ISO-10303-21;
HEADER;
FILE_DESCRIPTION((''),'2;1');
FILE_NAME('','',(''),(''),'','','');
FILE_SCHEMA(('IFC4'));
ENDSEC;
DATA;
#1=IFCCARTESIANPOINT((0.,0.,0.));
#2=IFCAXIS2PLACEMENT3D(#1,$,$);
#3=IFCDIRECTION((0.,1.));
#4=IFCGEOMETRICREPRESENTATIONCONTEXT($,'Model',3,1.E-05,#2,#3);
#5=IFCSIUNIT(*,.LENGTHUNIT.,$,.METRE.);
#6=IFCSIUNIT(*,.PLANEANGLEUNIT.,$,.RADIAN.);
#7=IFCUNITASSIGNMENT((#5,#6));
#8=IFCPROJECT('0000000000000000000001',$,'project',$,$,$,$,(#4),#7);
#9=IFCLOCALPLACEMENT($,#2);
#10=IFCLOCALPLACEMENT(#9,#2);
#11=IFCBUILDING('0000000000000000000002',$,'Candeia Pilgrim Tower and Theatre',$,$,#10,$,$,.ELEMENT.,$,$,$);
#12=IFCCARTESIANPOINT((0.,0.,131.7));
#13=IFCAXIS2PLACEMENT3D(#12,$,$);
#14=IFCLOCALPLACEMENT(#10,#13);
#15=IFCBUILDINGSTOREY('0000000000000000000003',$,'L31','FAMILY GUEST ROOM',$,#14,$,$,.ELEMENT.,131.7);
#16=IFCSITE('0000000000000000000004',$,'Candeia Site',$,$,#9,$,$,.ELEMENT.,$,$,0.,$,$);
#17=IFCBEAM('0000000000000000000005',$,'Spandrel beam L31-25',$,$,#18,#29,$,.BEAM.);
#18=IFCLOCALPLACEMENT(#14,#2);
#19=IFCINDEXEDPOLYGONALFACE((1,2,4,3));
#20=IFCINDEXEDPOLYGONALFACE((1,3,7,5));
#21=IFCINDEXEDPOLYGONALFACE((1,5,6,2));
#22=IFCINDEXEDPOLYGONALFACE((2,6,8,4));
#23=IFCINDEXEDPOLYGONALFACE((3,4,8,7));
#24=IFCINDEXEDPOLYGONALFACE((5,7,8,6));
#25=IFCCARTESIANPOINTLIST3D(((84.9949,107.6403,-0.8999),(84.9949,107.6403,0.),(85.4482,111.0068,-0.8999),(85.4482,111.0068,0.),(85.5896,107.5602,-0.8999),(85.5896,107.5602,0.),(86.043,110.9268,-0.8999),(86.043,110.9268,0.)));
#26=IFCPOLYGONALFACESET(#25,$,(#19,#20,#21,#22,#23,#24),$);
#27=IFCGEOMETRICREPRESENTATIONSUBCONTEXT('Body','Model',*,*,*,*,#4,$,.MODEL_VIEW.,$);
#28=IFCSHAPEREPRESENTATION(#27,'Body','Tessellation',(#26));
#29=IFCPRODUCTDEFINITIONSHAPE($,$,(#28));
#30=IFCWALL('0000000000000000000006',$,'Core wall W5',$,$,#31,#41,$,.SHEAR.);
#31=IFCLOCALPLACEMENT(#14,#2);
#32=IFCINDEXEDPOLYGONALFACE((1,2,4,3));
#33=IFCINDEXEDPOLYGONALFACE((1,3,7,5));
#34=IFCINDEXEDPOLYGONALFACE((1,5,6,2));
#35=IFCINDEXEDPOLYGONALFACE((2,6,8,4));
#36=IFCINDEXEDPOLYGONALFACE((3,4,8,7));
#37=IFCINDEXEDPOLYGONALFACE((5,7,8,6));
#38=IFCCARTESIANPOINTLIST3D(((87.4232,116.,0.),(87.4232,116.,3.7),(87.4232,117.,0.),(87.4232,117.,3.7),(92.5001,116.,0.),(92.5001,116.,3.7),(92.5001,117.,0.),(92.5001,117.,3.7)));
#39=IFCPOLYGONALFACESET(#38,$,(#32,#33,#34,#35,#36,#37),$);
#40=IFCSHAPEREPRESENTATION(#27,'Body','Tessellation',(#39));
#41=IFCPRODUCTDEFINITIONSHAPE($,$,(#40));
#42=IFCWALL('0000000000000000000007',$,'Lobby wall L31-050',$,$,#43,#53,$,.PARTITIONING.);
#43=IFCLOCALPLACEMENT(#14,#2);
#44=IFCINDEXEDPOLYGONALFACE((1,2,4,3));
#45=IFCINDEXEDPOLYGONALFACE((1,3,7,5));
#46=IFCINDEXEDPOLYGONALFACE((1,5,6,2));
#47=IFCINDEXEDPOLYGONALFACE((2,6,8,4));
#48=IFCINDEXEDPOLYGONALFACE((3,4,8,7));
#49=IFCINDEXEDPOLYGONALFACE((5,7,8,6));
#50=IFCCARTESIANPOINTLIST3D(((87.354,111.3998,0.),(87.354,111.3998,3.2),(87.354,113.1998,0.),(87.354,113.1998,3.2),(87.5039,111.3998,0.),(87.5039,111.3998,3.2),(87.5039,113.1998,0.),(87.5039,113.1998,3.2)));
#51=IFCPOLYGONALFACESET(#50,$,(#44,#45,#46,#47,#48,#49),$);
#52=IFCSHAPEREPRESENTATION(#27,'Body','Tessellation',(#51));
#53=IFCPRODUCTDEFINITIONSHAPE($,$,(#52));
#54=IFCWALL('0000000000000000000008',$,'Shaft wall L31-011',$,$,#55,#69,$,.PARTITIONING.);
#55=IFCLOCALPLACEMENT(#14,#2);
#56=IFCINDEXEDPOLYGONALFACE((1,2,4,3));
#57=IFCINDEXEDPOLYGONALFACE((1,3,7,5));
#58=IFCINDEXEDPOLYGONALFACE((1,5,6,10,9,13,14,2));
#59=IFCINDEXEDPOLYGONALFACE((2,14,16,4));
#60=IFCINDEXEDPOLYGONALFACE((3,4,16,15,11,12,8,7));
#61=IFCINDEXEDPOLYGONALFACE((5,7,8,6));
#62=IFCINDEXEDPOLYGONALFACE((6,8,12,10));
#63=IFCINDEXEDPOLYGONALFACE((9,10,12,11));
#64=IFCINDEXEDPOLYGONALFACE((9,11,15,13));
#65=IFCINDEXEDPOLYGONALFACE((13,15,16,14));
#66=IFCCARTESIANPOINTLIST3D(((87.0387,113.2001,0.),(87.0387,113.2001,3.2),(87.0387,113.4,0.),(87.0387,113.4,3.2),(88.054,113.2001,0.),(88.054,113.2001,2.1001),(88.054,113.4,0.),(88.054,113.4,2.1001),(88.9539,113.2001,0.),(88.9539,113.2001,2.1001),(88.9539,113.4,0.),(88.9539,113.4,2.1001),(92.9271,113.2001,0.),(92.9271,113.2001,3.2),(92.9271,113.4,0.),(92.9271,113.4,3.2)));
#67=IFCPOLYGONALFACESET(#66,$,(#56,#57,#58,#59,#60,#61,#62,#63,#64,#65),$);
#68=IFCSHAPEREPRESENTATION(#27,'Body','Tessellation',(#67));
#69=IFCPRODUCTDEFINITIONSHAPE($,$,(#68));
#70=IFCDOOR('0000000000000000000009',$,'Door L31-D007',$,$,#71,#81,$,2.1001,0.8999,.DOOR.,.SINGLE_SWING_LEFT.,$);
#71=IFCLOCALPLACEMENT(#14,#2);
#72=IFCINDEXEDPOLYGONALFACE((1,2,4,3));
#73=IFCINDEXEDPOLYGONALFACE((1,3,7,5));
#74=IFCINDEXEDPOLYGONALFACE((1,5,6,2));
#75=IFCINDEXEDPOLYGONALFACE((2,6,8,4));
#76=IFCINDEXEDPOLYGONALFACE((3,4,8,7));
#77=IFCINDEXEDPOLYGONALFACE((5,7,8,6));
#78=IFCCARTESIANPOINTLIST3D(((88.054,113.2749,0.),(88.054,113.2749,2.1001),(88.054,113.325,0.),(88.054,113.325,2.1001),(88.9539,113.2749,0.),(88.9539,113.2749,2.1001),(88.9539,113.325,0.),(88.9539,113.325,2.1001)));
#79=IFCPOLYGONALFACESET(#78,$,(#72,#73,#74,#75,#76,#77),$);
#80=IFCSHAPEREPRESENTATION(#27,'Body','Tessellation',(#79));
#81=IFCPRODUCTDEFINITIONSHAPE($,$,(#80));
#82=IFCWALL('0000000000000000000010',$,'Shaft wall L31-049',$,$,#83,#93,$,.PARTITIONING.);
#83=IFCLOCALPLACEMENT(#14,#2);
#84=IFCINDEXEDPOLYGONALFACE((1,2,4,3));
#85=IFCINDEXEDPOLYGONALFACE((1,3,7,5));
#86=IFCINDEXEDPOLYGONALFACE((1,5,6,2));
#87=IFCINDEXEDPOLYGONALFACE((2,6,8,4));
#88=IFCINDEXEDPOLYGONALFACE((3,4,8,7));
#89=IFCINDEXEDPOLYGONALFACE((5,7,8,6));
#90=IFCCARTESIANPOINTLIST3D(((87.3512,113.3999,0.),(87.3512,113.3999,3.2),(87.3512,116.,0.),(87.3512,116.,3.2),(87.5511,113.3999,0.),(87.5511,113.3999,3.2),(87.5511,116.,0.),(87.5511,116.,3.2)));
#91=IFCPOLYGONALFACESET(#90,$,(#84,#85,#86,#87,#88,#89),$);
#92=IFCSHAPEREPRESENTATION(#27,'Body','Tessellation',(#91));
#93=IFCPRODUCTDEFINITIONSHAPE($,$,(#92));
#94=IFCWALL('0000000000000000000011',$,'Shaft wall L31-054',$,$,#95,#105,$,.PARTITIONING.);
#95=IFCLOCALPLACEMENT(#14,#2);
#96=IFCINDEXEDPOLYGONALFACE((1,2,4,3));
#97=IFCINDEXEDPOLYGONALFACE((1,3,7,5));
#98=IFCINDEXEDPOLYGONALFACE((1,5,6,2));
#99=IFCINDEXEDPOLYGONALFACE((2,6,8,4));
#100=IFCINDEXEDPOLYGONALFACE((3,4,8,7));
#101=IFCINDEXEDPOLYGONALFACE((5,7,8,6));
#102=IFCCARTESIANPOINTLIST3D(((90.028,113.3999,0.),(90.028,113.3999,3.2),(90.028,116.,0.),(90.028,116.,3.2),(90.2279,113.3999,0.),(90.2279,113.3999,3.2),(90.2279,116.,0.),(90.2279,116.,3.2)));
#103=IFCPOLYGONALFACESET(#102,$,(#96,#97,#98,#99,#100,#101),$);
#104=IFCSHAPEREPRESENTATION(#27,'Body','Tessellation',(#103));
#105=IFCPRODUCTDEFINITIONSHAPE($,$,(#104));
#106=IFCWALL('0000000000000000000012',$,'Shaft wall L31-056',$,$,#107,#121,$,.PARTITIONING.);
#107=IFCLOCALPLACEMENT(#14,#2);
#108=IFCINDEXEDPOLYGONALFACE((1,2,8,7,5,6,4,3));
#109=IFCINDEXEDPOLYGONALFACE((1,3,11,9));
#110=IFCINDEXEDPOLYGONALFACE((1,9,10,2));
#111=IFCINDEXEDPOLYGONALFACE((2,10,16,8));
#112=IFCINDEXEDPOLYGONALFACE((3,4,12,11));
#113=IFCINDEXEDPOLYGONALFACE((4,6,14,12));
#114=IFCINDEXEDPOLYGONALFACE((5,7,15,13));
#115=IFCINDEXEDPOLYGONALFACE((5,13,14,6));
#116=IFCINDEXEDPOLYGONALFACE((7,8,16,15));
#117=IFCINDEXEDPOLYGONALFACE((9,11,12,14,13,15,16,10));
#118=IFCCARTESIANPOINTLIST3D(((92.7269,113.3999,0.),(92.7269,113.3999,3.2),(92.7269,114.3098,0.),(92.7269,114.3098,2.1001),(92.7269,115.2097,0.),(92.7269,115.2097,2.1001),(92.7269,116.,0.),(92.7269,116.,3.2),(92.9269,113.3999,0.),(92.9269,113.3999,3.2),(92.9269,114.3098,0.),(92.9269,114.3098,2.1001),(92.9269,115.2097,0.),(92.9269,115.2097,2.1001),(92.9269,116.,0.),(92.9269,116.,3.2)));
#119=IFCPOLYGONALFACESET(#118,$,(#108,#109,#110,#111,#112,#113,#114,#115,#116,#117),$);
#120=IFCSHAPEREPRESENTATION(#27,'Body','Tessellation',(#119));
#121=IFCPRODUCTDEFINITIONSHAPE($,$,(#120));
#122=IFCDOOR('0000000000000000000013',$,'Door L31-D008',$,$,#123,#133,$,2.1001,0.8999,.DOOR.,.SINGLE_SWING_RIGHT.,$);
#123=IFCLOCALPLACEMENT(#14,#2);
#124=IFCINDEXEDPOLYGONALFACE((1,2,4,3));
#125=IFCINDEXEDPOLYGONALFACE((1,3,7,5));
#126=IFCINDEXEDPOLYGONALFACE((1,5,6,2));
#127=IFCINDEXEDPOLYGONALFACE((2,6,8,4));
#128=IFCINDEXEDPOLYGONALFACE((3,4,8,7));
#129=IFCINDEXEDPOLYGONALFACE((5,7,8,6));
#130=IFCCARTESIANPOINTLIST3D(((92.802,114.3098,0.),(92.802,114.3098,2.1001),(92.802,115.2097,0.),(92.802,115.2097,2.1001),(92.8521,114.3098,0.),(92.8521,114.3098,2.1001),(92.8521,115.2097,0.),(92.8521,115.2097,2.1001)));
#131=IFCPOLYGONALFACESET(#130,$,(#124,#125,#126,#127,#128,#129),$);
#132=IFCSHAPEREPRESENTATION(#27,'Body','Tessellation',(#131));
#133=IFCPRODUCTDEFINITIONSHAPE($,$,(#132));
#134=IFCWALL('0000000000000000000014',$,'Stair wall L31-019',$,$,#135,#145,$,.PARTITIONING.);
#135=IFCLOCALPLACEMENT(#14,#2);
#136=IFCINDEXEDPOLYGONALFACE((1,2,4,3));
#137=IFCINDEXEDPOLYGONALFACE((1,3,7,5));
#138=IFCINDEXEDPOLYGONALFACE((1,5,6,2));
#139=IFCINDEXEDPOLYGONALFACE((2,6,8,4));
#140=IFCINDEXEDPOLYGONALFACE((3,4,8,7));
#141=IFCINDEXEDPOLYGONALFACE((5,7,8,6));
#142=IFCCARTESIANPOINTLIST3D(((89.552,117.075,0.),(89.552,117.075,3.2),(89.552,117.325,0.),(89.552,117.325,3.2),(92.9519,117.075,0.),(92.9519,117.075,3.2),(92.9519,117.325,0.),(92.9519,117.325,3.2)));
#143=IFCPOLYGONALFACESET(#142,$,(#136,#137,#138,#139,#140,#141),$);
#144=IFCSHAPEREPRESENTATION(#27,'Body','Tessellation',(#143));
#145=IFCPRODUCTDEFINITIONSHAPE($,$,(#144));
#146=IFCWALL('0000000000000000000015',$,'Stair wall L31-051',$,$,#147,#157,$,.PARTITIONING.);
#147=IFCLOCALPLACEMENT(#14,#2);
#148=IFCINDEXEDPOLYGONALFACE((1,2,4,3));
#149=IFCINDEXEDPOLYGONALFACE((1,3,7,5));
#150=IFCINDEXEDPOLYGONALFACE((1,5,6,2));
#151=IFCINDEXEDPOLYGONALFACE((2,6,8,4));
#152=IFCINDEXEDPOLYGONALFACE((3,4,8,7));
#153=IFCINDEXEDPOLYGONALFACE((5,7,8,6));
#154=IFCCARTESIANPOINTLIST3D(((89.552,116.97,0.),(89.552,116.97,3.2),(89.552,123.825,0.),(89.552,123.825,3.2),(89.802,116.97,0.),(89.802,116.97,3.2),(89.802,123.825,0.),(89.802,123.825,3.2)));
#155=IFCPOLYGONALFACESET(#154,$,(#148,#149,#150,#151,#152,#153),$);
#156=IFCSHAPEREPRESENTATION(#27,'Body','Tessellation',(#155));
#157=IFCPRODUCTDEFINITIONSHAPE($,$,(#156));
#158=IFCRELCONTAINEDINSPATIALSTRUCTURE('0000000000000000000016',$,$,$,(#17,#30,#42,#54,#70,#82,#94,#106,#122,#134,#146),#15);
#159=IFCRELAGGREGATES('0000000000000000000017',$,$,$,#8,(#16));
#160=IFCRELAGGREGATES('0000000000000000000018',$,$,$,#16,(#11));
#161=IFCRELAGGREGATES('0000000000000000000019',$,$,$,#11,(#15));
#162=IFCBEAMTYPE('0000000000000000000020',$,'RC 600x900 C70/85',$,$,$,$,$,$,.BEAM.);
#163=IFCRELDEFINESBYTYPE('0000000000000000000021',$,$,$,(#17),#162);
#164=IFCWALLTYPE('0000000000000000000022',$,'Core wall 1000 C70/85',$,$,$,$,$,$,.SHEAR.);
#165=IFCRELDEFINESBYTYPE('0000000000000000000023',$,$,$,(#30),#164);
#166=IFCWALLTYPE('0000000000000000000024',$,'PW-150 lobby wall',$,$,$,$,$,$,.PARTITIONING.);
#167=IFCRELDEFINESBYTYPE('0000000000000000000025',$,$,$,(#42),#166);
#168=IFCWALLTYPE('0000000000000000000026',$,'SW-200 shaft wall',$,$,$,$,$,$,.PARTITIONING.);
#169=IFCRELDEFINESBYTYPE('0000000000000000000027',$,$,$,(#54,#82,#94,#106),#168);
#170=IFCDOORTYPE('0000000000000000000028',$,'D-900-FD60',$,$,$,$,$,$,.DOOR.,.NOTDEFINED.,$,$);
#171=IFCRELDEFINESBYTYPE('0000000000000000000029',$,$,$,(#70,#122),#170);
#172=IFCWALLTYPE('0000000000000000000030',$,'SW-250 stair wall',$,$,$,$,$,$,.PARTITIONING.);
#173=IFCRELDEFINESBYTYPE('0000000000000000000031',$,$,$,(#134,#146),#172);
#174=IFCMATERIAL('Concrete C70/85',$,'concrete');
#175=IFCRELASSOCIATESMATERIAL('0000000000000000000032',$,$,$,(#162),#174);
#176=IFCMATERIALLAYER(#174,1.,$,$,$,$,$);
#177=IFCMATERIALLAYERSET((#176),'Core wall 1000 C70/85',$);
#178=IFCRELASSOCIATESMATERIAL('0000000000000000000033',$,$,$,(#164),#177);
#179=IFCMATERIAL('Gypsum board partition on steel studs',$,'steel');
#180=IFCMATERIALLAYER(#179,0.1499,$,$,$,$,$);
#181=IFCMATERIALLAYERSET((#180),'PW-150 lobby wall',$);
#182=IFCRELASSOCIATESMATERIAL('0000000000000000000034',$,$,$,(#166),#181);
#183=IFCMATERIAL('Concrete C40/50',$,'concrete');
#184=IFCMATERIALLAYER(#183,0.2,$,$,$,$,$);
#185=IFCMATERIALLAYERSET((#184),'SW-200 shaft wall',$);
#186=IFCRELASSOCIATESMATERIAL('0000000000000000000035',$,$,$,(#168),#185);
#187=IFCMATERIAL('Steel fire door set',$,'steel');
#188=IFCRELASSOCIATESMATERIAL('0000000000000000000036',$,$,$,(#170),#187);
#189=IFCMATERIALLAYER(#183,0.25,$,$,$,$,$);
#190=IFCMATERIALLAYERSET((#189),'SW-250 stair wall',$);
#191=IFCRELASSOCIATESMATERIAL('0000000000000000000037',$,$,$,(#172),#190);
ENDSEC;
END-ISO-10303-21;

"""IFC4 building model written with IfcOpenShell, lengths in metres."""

from ifc_helpers import new_model, si_unit, direction, frame, frame_2d, origin, origin_2d, place, context, subcontext, project, spatial, rectangle, extrude, material, layer, layer_set, material_profile, profile_set, type_object, element, fill, save


model = new_model("IFC4")

# Units and contexts
model_context = context("Model", 3, precision=1e-05, world=origin(), true_north=direction((0.0, 1.0)))
body_context = subcontext(model_context, "Body", "Model", "MODEL_VIEW")
ifc_project = project(units=[si_unit("LENGTHUNIT", "METRE"), si_unit("PLANEANGLEUNIT", "RADIAN")], contexts=[model_context])

# Site, building, storey
site_placement = place(None, origin())
site = spatial("IfcSite", under=ifc_project, at=site_placement, Name="Candeia Site", CompositionType="ELEMENT", RefElevation=0.0)
building_placement = place(site_placement, origin())
building = spatial("IfcBuilding", under=site, at=building_placement, Name="Candeia Pilgrim Tower and Theatre", CompositionType="ELEMENT")
storey_placement = place(building_placement, frame((0.0, 0.0, 131.7)))
storey = spatial("IfcBuildingStorey", under=building, at=storey_placement, Name="L31", Description="FAMILY GUEST ROOM", CompositionType="ELEMENT", Elevation=131.7)

# Beam
ifc_material_1 = material(Name="Concrete C70/85", Category="concrete")
ifc_material_profile = material_profile(ifc_material_1, rectangle(XDim=0.6001, YDim=0.8999, at=origin_2d()))
ifc_profile_set = profile_set([ifc_material_profile], Name="Concrete C70/85")
beam_type = type_object("IfcBeamType", Name="RC 600x900 C70/85", PredefinedType="BEAM", material=ifc_profile_set)
beam_placement = place(storey_placement, frame((85.7456, 110.9668, -0.45), z_axis=(-0.133458, -0.991054, 0.0), x_axis=(0.991054, -0.133458, 0.0)))
element("IfcBeam", 1, at=beam_placement, inside=storey, type_object=beam_type, Name="Spandrel beam L31-25", PredefinedType="BEAM", context=body_context, shape_type="SweptSolid", body=[
    extrude(rectangle(XDim=0.6001, YDim=0.8999, at=origin_2d()), origin(), (0.0, 0.0, 1.0), 3.397),
])

# Walls
ifc_layer_1 = layer(ifc_material_1, 1.0)
ifc_layer_set_1 = layer_set([ifc_layer_1], Name="Core wall 1000 C70/85")
wall_type_1 = type_object("IfcWallType", Name="Core wall 1000 C70/85", PredefinedType="SHEAR", material=ifc_layer_set_1)
wall_1_placement = place(storey_placement, frame((87.4231, 116.5, 0.0), z_axis=(0.0, 0.0, 1.0), x_axis=(1.0, 0.0, 0.0)))
element("IfcWall", 2, at=wall_1_placement, inside=storey, type_object=wall_type_1, Name="Core wall W5", PredefinedType="SHEAR", context=body_context, shape_type="SweptSolid", body=[
    extrude(rectangle(XDim=5.0769, YDim=1.0, at=frame_2d((2.5386, 0.0))), origin(), (0.0, 0.0, 1.0), 3.7),
])
ifc_material_2 = material(Name="Gypsum board partition on steel studs", Category="steel")
ifc_layer_2 = layer(ifc_material_2, 0.1499)
ifc_layer_set_2 = layer_set([ifc_layer_2], Name="PW-150 lobby wall")
wall_type_2 = type_object("IfcWallType", Name="PW-150 lobby wall", PredefinedType="PARTITIONING", material=ifc_layer_set_2)
wall_2_placement = place(storey_placement, frame((87.429, 111.3999, 0.0), z_axis=(0.0, 0.0, 1.0), x_axis=(0.0, 1.0, 0.0)))
element("IfcWall", 3, at=wall_2_placement, inside=storey, type_object=wall_type_2, Name="Lobby wall L31-050", PredefinedType="PARTITIONING", context=body_context, shape_type="SweptSolid", body=[
    extrude(rectangle(XDim=1.8, YDim=0.1499, at=frame_2d((0.8999, 0.0))), origin(), (0.0, 0.0, 1.0), 3.2),
])

# Wall, opening, door
ifc_material_3 = material(Name="Concrete C40/50", Category="concrete")
ifc_layer_3 = layer(ifc_material_3, 0.2)
ifc_layer_set_3 = layer_set([ifc_layer_3], Name="SW-200 shaft wall")
wall_type_3 = type_object("IfcWallType", Name="SW-200 shaft wall", PredefinedType="PARTITIONING", material=ifc_layer_set_3)
wall_3_placement = place(storey_placement, frame((87.0386, 113.3, 0.0), z_axis=(0.0, 0.0, 1.0), x_axis=(1.0, 0.0, 0.0)))
wall_3 = element("IfcWall", 4, at=wall_3_placement, inside=storey, type_object=wall_type_3, Name="Shaft wall L31-011", PredefinedType="PARTITIONING", context=body_context, shape_type="SweptSolid", body=[
    extrude(rectangle(XDim=5.8884, YDim=0.2, at=frame_2d((2.9443, 0.0))), origin(), (0.0, 0.0, 1.0), 3.2),
])
opening_1_placement = place(wall_3_placement, frame((1.0154, 0.0, 0.0)))
opening_1 = element("IfcOpeningElement", 5, at=opening_1_placement, cuts=wall_3, PredefinedType="OPENING", context=body_context, shape_type="SweptSolid", body=[
    extrude(rectangle(XDim=0.8999, YDim=2.1001, at=frame_2d((0.45, 1.05))), frame((0.0, 0.1099, 0.0), z_axis=(0.0, -1.0, 0.0), x_axis=(1.0, 0.0, 0.0)), (0.0, 0.0, 1.0), 0.22),
])
ifc_material_4 = material(Name="Steel fire door set", Category="steel")
door_type = type_object("IfcDoorType", Name="D-900-FD60", OperationType="NOTDEFINED", PredefinedType="DOOR", material=ifc_material_4)
door_1_placement = place(opening_1_placement, origin())
door_1 = element("IfcDoor", 6, at=door_1_placement, inside=storey, type_object=door_type, Name="Door L31-D007", OperationType="SINGLE_SWING_LEFT", OverallHeight=2.1001, OverallWidth=0.8999, PredefinedType="DOOR", context=body_context, shape_type="SweptSolid", body=[
    extrude(rectangle(XDim=0.8999, YDim=2.1001, at=frame_2d((0.45, 1.05))), frame((0.0, 0.0249, 0.0), z_axis=(0.0, -1.0, 0.0), x_axis=(1.0, 0.0, 0.0)), (0.0, 0.0, 1.0), 0.05),
])
fill(opening_1, door_1)

# Walls
for number, where, z_axis, x_axis, name in (
    (7, (87.4512, 113.3999, 0.0), (0.0, 0.0, 1.0), (0.0, 1.0, 0.0), "Shaft wall L31-049"),
    (8, (90.1279, 113.3999, 0.0), (0.0, 0.0, 1.0), (0.0, 1.0, 0.0), "Shaft wall L31-054"),
):
    element("IfcWall", number, at=place(storey_placement, frame(where, z_axis=z_axis, x_axis=x_axis)), inside=storey, type_object=wall_type_3, Name=name, PredefinedType="PARTITIONING", context=body_context, shape_type="SweptSolid", body=[
        extrude(rectangle(XDim=2.6001, YDim=0.2, at=frame_2d((1.3, 0.0))), origin(), (0.0, 0.0, 1.0), 3.2),
    ])

# Wall, opening, door
wall_4_placement = place(storey_placement, frame((92.8269, 113.3999, 0.0), z_axis=(0.0, 0.0, 1.0), x_axis=(0.0, 1.0, 0.0)))
wall_4 = element("IfcWall", 9, at=wall_4_placement, inside=storey, type_object=wall_type_3, Name="Shaft wall L31-056", PredefinedType="PARTITIONING", context=body_context, shape_type="SweptSolid", body=[
    extrude(rectangle(XDim=2.6001, YDim=0.2, at=frame_2d((1.3, 0.0))), origin(), (0.0, 0.0, 1.0), 3.2),
])
opening_2_placement = place(wall_4_placement, frame((0.9099, 0.0, 0.0)))
opening_2 = element("IfcOpeningElement", 10, at=opening_2_placement, cuts=wall_4, PredefinedType="OPENING", context=body_context, shape_type="SweptSolid", body=[
    extrude(rectangle(XDim=0.8999, YDim=2.1001, at=frame_2d((0.45, 1.05))), frame((0.0, 0.1099, 0.0), z_axis=(0.0, -1.0, 0.0), x_axis=(1.0, 0.0, 0.0)), (0.0, 0.0, 1.0), 0.22),
])
door_2_placement = place(opening_2_placement, origin())
door_2 = element("IfcDoor", 11, at=door_2_placement, inside=storey, type_object=door_type, Name="Door L31-D008", OperationType="SINGLE_SWING_RIGHT", OverallHeight=2.1001, OverallWidth=0.8999, PredefinedType="DOOR", context=body_context, shape_type="SweptSolid", body=[
    extrude(rectangle(XDim=0.8999, YDim=2.1001, at=frame_2d((0.45, 1.05))), frame((0.0, 0.0249, 0.0), z_axis=(0.0, -1.0, 0.0), x_axis=(1.0, 0.0, 0.0)), (0.0, 0.0, 1.0), 0.05),
])
fill(opening_2, door_2)

# Walls
ifc_layer_4 = layer(ifc_material_3, 0.25)
ifc_layer_set_4 = layer_set([ifc_layer_4], Name="SW-250 stair wall")
wall_type_4 = type_object("IfcWallType", Name="SW-250 stair wall", PredefinedType="PARTITIONING", material=ifc_layer_set_4)
wall_5_placement = place(storey_placement, frame((89.552, 117.2, 0.0), z_axis=(0.0, 0.0, 1.0), x_axis=(1.0, 0.0, 0.0)))
element("IfcWall", 12, at=wall_5_placement, inside=storey, type_object=wall_type_4, Name="Stair wall L31-019", PredefinedType="PARTITIONING", context=body_context, shape_type="SweptSolid", body=[
    extrude(rectangle(XDim=3.3999, YDim=0.25, at=frame_2d((1.7, 0.0))), origin(), (0.0, 0.0, 1.0), 3.2),
])
wall_6_placement = place(storey_placement, frame((89.677, 116.97, 0.0), z_axis=(0.0, 0.0, 1.0), x_axis=(0.0, 1.0, 0.0)))
element("IfcWall", 13, at=wall_6_placement, inside=storey, type_object=wall_type_4, Name="Stair wall L31-051", PredefinedType="PARTITIONING", context=body_context, shape_type="SweptSolid", body=[
    extrude(rectangle(XDim=6.855, YDim=0.25, at=frame_2d((3.4275, 0.0))), origin(), (0.0, 0.0, 1.0), 3.2),
])

save(model, "model.ifc")
